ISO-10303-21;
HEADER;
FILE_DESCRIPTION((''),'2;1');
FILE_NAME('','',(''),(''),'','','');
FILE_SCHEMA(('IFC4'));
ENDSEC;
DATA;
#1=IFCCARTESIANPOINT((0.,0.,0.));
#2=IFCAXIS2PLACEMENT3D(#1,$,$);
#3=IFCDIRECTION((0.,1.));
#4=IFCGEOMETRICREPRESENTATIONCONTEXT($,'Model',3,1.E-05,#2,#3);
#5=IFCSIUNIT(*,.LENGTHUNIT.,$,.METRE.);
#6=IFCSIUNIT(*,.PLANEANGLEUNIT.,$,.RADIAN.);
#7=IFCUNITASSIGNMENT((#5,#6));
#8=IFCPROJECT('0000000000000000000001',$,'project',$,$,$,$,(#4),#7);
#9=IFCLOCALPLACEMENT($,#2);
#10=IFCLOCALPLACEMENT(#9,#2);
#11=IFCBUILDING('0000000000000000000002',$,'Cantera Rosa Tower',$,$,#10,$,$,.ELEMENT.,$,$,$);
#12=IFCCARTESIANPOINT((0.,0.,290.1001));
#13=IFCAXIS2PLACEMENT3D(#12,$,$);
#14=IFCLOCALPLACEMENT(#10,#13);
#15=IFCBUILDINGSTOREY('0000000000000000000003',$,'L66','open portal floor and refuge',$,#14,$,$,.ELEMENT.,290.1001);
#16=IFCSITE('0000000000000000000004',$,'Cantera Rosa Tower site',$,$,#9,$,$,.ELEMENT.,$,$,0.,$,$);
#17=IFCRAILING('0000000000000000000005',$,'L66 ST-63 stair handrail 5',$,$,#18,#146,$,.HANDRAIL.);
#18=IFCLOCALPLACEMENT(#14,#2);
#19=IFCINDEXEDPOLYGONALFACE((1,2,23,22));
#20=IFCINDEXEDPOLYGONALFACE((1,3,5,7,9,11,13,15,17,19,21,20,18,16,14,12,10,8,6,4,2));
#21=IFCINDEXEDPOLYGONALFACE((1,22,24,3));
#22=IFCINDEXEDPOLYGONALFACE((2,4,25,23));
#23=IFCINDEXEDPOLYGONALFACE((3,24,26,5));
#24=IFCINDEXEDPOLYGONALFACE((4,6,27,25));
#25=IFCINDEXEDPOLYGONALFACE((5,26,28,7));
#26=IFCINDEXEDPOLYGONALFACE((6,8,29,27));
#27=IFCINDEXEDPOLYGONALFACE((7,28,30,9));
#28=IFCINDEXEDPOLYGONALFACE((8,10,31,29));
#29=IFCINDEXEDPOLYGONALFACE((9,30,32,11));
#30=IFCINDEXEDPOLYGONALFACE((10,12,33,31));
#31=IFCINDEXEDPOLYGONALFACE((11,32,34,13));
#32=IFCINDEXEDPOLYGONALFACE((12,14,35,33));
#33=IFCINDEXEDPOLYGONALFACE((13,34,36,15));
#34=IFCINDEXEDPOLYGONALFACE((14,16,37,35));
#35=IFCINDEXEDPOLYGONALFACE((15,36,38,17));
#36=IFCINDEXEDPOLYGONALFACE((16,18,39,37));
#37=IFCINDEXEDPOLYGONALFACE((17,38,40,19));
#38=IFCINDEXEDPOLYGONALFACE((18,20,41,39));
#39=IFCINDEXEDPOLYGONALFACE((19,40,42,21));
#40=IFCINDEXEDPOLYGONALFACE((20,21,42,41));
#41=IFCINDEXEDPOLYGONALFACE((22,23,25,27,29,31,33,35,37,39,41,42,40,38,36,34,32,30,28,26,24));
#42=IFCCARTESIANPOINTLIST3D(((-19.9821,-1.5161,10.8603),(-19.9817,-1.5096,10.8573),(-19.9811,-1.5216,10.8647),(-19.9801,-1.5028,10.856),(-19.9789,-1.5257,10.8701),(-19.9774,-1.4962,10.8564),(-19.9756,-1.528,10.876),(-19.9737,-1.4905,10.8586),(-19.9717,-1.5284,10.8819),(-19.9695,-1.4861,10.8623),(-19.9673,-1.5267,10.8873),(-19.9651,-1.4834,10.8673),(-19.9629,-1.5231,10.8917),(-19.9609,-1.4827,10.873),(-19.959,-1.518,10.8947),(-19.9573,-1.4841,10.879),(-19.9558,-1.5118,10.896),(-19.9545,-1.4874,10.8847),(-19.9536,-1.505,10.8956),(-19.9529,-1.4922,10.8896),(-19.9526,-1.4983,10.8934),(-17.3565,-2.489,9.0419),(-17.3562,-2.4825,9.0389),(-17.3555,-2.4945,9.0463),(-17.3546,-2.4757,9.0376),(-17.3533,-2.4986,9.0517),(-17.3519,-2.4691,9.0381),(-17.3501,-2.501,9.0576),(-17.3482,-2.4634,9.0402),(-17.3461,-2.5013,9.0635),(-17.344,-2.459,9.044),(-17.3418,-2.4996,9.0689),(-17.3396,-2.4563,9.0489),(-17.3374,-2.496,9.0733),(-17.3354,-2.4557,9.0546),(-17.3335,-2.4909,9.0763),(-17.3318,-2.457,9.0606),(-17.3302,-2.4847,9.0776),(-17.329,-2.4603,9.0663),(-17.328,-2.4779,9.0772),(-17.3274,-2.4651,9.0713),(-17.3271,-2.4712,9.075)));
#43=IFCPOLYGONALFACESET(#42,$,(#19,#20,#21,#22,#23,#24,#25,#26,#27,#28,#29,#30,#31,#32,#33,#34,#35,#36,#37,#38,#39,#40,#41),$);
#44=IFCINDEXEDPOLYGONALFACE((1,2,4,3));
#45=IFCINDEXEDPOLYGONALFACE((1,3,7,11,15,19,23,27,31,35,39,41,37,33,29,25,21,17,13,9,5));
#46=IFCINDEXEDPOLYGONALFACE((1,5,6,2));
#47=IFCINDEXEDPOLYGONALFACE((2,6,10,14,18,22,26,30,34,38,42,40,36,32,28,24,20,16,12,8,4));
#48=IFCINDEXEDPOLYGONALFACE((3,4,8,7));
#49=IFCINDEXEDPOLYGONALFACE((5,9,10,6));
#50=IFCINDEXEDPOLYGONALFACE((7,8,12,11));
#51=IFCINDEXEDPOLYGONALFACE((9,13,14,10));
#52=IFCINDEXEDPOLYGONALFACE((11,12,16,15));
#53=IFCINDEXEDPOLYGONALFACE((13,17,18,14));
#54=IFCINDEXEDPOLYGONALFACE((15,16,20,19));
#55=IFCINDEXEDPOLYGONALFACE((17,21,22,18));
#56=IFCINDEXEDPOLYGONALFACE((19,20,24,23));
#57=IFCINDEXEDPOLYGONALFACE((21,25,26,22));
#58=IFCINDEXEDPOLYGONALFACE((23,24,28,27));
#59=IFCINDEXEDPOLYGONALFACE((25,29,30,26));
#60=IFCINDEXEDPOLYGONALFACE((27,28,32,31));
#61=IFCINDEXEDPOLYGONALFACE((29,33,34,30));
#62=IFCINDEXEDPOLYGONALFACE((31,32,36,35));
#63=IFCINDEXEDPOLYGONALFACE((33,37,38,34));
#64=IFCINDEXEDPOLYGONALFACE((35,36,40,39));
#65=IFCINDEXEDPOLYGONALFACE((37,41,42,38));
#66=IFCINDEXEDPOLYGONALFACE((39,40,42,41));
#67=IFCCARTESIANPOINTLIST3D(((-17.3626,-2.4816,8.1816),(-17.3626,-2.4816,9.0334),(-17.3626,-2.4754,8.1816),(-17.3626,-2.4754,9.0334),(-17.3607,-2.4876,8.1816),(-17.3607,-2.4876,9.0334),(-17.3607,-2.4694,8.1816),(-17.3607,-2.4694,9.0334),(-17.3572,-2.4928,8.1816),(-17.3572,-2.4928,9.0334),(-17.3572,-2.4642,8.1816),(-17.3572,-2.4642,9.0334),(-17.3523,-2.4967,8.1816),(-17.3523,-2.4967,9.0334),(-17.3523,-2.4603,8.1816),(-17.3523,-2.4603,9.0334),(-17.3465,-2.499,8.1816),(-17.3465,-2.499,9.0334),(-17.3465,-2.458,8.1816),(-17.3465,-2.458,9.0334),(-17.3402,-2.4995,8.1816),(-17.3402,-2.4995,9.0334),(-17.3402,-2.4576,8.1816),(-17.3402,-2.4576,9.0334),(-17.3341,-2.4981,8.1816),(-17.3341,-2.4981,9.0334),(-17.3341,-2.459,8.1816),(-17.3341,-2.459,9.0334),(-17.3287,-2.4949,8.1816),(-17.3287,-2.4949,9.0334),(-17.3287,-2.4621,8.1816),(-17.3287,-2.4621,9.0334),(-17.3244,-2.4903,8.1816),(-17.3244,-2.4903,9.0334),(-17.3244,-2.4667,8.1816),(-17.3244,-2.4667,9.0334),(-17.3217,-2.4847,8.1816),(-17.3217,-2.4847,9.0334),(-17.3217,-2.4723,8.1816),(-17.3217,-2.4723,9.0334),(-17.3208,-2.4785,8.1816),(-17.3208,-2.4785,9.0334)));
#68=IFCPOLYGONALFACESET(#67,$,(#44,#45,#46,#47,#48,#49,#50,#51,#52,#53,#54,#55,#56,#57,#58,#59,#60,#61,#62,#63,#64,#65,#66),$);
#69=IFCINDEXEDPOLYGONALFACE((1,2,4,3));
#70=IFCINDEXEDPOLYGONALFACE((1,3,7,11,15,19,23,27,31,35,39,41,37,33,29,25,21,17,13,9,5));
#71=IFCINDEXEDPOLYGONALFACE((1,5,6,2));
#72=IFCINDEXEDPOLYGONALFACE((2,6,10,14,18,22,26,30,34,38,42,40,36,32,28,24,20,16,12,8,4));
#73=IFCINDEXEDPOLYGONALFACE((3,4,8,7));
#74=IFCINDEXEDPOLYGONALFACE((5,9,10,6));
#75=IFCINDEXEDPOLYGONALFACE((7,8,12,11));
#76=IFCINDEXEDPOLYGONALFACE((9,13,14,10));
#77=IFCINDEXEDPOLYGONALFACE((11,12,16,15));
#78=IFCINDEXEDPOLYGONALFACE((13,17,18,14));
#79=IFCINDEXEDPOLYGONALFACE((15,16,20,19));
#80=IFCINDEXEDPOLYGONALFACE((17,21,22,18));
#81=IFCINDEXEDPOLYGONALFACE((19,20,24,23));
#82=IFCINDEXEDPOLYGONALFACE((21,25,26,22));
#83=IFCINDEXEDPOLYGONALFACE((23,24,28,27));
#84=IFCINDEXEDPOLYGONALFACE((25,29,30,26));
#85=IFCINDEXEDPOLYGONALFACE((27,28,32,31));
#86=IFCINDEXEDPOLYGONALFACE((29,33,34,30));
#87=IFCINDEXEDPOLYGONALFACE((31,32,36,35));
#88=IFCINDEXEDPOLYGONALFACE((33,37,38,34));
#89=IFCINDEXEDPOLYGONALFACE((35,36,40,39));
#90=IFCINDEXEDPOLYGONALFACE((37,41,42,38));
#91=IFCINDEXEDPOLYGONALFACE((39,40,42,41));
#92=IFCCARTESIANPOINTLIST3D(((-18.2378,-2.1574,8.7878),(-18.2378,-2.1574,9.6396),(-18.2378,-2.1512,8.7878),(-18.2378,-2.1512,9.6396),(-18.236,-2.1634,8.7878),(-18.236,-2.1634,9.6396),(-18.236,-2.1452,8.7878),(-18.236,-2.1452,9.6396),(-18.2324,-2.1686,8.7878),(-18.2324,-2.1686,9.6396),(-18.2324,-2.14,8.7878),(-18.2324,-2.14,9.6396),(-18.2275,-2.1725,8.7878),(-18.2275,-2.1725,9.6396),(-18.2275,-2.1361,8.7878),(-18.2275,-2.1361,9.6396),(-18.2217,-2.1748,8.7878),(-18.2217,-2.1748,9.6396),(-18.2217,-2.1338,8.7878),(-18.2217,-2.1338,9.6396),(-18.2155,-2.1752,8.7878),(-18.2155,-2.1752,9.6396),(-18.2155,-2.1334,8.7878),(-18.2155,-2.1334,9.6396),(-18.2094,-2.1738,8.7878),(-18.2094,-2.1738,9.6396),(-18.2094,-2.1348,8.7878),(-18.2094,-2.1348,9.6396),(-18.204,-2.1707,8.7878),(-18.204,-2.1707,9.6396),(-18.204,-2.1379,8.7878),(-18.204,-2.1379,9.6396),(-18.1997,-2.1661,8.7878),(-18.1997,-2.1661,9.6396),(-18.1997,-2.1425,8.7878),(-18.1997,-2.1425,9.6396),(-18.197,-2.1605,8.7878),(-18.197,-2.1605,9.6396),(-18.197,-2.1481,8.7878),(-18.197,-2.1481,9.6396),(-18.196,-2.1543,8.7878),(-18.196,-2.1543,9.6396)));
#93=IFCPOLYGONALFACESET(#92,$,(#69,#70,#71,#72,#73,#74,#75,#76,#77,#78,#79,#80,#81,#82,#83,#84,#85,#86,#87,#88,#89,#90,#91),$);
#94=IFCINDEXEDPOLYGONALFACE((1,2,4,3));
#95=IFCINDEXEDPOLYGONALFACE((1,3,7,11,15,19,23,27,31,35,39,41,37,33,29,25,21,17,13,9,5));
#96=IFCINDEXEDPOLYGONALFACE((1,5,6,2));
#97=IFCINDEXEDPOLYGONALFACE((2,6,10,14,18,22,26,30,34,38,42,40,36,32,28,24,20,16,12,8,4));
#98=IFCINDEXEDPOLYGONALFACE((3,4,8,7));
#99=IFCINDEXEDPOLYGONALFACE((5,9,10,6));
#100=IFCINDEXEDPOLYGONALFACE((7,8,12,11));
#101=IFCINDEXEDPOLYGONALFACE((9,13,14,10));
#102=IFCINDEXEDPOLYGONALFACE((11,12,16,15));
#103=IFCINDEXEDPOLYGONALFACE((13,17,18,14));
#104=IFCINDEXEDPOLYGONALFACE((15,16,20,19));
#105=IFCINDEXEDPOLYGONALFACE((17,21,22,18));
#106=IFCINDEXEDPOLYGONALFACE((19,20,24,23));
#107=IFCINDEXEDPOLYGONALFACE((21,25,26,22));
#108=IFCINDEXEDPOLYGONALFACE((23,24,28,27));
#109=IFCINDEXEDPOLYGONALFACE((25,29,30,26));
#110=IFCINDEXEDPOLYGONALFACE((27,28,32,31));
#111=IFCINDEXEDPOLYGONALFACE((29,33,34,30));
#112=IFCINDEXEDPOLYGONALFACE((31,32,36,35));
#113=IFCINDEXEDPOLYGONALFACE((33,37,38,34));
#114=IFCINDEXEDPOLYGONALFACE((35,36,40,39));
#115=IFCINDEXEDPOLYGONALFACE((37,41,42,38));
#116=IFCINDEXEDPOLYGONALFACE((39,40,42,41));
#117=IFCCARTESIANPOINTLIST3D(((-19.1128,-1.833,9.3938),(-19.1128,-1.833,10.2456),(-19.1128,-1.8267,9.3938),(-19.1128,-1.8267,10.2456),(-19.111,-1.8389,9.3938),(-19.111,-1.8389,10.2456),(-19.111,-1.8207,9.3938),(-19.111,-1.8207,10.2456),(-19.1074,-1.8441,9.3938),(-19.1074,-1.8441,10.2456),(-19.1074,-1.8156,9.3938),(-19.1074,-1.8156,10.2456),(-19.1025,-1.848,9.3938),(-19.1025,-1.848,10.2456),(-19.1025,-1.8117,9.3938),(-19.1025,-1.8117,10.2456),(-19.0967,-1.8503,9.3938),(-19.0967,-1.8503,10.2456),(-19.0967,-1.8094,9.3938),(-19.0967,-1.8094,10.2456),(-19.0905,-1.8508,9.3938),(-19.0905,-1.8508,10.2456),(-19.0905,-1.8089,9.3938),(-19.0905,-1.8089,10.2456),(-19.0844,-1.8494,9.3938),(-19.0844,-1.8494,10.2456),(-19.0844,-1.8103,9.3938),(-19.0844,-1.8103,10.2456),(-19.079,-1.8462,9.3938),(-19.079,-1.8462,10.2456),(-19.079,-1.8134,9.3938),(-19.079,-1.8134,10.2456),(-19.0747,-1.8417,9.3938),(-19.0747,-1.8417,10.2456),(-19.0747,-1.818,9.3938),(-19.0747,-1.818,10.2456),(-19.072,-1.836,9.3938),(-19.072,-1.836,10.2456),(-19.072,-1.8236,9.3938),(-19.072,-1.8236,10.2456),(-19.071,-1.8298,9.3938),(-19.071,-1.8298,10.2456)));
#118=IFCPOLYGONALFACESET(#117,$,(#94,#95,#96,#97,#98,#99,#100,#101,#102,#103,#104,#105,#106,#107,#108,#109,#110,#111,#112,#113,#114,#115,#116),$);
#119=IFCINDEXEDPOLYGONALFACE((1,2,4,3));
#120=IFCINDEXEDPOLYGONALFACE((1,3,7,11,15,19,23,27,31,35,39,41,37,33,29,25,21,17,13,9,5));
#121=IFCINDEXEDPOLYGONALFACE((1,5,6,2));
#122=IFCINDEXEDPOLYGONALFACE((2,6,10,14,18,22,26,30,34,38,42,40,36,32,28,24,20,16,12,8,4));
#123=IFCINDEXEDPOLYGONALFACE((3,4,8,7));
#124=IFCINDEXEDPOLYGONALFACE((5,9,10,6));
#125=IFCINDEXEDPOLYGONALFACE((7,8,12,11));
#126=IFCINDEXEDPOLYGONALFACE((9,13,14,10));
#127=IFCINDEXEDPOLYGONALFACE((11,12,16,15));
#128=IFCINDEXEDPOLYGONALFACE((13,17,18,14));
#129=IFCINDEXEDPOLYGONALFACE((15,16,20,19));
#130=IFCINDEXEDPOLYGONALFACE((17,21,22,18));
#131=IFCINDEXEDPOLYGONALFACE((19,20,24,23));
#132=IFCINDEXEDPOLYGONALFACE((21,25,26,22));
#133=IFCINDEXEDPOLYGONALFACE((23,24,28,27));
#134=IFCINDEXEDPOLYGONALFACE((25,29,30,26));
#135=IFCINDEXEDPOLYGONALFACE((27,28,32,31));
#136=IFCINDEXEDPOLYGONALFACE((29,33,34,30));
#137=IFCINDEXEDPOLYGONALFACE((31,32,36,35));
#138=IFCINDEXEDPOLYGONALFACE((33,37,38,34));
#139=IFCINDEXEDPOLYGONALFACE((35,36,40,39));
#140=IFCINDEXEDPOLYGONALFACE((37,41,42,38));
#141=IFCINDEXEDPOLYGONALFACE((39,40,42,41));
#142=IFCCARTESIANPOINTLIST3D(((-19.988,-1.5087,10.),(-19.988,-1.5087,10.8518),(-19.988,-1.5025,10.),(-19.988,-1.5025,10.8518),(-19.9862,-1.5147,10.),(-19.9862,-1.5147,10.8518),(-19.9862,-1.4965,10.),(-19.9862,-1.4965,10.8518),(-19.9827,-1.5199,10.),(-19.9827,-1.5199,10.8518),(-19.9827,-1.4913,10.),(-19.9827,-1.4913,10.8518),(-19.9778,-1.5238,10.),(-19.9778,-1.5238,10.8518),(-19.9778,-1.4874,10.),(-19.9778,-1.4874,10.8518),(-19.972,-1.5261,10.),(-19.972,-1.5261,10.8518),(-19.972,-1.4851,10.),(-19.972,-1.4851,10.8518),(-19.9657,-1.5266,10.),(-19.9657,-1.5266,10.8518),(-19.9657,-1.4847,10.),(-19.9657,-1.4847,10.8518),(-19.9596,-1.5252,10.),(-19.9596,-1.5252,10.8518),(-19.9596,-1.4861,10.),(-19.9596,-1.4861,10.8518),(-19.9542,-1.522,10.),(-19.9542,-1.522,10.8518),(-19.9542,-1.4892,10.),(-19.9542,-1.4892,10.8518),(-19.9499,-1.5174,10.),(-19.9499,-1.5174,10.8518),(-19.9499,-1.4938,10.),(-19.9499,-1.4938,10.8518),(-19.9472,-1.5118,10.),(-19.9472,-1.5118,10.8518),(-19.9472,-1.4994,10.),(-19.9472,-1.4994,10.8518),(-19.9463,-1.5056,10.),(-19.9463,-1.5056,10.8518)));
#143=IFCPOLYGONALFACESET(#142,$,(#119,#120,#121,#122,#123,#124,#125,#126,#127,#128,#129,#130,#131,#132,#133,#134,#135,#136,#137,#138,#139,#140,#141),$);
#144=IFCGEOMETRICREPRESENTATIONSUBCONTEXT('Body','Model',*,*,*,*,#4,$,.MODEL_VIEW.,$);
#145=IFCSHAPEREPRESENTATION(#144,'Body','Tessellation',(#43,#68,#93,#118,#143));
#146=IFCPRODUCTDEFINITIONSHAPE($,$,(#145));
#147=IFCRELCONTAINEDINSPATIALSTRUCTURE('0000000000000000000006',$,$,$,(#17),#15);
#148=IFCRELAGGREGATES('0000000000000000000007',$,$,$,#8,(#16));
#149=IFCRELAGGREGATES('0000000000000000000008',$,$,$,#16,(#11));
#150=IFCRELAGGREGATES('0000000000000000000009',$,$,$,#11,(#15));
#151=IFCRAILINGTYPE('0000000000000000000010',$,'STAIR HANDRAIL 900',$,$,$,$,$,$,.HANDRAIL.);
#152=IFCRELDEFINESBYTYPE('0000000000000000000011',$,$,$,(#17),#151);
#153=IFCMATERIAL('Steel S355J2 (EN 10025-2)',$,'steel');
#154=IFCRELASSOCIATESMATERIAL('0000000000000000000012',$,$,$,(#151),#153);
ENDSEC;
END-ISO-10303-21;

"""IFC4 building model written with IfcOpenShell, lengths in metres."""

from ifc_helpers import new_model, si_unit, direction, frame, origin, origin_2d, place, context, subcontext, project, spatial, circle, extrude, material, type_object, element, save


model = new_model("IFC4")

# Units and contexts
model_context = context("Model", 3, precision=1e-05, world=origin(), true_north=direction((0.0, 1.0)))
body_context = subcontext(model_context, "Body", "Model", "MODEL_VIEW")
ifc_project = project(units=[si_unit("LENGTHUNIT", "METRE"), si_unit("PLANEANGLEUNIT", "RADIAN")], contexts=[model_context])

# Site, building, storey
site_placement = place(None, origin())
site = spatial("IfcSite", under=ifc_project, at=site_placement, Name="Cantera Rosa Tower site", CompositionType="ELEMENT", RefElevation=0.0)
building_placement = place(site_placement, origin())
building = spatial("IfcBuilding", under=site, at=building_placement, Name="Cantera Rosa Tower", CompositionType="ELEMENT")
storey_placement = place(building_placement, frame((0.0, 0.0, 290.1001)))
storey = spatial("IfcBuildingStorey", under=building, at=storey_placement, Name="L66", Description="open portal floor and refuge", CompositionType="ELEMENT", Elevation=290.1001)

# Railing
ifc_material_1 = material(Name="Steel S355J2 (EN 10025-2)", Category="steel")
railing_type_1 = type_object("IfcRailingType", Name="STAIR HANDRAIL 900", PredefinedType="HANDRAIL", material=ifc_material_1)
for number, where, name in (
    (1, (-17.3418, -2.4785, 8.1816), "L66 ST-63 stair handrail 5"),
):
    element("IfcRailing", number, at=place(storey_placement, frame(where)), inside=storey, type_object=railing_type_1, Name=name, PredefinedType="HANDRAIL", context=body_context, shape_type="SweptSolid", body=[
        extrude(circle(Radius=0.0239, at=origin_2d()), frame((0.0, 0.0, 0.876), z_axis=(-0.786407, 0.291411, 0.54465), x_axis=(-0.347471, -0.937691, 0.0)), (0.0, 0.0, 1.0), 3.3386),
        extrude(circle(Radius=0.021, at=origin_2d()), origin(), (0.0, 0.0, 1.0), 0.8518),
        extrude(circle(Radius=0.021, at=origin_2d()), frame((-0.8752, 0.3242, 0.6062)), (0.0, 0.0, 1.0), 0.8518),
        extrude(circle(Radius=0.021, at=origin_2d()), frame((-1.7502, 0.6487, 1.2122)), (0.0, 0.0, 1.0), 0.8518),
        extrude(circle(Radius=0.021, at=origin_2d()), frame((-2.6255, 0.9729, 1.8184)), (0.0, 0.0, 1.0), 0.8518),
    ])

save(model, "model.ifc")
